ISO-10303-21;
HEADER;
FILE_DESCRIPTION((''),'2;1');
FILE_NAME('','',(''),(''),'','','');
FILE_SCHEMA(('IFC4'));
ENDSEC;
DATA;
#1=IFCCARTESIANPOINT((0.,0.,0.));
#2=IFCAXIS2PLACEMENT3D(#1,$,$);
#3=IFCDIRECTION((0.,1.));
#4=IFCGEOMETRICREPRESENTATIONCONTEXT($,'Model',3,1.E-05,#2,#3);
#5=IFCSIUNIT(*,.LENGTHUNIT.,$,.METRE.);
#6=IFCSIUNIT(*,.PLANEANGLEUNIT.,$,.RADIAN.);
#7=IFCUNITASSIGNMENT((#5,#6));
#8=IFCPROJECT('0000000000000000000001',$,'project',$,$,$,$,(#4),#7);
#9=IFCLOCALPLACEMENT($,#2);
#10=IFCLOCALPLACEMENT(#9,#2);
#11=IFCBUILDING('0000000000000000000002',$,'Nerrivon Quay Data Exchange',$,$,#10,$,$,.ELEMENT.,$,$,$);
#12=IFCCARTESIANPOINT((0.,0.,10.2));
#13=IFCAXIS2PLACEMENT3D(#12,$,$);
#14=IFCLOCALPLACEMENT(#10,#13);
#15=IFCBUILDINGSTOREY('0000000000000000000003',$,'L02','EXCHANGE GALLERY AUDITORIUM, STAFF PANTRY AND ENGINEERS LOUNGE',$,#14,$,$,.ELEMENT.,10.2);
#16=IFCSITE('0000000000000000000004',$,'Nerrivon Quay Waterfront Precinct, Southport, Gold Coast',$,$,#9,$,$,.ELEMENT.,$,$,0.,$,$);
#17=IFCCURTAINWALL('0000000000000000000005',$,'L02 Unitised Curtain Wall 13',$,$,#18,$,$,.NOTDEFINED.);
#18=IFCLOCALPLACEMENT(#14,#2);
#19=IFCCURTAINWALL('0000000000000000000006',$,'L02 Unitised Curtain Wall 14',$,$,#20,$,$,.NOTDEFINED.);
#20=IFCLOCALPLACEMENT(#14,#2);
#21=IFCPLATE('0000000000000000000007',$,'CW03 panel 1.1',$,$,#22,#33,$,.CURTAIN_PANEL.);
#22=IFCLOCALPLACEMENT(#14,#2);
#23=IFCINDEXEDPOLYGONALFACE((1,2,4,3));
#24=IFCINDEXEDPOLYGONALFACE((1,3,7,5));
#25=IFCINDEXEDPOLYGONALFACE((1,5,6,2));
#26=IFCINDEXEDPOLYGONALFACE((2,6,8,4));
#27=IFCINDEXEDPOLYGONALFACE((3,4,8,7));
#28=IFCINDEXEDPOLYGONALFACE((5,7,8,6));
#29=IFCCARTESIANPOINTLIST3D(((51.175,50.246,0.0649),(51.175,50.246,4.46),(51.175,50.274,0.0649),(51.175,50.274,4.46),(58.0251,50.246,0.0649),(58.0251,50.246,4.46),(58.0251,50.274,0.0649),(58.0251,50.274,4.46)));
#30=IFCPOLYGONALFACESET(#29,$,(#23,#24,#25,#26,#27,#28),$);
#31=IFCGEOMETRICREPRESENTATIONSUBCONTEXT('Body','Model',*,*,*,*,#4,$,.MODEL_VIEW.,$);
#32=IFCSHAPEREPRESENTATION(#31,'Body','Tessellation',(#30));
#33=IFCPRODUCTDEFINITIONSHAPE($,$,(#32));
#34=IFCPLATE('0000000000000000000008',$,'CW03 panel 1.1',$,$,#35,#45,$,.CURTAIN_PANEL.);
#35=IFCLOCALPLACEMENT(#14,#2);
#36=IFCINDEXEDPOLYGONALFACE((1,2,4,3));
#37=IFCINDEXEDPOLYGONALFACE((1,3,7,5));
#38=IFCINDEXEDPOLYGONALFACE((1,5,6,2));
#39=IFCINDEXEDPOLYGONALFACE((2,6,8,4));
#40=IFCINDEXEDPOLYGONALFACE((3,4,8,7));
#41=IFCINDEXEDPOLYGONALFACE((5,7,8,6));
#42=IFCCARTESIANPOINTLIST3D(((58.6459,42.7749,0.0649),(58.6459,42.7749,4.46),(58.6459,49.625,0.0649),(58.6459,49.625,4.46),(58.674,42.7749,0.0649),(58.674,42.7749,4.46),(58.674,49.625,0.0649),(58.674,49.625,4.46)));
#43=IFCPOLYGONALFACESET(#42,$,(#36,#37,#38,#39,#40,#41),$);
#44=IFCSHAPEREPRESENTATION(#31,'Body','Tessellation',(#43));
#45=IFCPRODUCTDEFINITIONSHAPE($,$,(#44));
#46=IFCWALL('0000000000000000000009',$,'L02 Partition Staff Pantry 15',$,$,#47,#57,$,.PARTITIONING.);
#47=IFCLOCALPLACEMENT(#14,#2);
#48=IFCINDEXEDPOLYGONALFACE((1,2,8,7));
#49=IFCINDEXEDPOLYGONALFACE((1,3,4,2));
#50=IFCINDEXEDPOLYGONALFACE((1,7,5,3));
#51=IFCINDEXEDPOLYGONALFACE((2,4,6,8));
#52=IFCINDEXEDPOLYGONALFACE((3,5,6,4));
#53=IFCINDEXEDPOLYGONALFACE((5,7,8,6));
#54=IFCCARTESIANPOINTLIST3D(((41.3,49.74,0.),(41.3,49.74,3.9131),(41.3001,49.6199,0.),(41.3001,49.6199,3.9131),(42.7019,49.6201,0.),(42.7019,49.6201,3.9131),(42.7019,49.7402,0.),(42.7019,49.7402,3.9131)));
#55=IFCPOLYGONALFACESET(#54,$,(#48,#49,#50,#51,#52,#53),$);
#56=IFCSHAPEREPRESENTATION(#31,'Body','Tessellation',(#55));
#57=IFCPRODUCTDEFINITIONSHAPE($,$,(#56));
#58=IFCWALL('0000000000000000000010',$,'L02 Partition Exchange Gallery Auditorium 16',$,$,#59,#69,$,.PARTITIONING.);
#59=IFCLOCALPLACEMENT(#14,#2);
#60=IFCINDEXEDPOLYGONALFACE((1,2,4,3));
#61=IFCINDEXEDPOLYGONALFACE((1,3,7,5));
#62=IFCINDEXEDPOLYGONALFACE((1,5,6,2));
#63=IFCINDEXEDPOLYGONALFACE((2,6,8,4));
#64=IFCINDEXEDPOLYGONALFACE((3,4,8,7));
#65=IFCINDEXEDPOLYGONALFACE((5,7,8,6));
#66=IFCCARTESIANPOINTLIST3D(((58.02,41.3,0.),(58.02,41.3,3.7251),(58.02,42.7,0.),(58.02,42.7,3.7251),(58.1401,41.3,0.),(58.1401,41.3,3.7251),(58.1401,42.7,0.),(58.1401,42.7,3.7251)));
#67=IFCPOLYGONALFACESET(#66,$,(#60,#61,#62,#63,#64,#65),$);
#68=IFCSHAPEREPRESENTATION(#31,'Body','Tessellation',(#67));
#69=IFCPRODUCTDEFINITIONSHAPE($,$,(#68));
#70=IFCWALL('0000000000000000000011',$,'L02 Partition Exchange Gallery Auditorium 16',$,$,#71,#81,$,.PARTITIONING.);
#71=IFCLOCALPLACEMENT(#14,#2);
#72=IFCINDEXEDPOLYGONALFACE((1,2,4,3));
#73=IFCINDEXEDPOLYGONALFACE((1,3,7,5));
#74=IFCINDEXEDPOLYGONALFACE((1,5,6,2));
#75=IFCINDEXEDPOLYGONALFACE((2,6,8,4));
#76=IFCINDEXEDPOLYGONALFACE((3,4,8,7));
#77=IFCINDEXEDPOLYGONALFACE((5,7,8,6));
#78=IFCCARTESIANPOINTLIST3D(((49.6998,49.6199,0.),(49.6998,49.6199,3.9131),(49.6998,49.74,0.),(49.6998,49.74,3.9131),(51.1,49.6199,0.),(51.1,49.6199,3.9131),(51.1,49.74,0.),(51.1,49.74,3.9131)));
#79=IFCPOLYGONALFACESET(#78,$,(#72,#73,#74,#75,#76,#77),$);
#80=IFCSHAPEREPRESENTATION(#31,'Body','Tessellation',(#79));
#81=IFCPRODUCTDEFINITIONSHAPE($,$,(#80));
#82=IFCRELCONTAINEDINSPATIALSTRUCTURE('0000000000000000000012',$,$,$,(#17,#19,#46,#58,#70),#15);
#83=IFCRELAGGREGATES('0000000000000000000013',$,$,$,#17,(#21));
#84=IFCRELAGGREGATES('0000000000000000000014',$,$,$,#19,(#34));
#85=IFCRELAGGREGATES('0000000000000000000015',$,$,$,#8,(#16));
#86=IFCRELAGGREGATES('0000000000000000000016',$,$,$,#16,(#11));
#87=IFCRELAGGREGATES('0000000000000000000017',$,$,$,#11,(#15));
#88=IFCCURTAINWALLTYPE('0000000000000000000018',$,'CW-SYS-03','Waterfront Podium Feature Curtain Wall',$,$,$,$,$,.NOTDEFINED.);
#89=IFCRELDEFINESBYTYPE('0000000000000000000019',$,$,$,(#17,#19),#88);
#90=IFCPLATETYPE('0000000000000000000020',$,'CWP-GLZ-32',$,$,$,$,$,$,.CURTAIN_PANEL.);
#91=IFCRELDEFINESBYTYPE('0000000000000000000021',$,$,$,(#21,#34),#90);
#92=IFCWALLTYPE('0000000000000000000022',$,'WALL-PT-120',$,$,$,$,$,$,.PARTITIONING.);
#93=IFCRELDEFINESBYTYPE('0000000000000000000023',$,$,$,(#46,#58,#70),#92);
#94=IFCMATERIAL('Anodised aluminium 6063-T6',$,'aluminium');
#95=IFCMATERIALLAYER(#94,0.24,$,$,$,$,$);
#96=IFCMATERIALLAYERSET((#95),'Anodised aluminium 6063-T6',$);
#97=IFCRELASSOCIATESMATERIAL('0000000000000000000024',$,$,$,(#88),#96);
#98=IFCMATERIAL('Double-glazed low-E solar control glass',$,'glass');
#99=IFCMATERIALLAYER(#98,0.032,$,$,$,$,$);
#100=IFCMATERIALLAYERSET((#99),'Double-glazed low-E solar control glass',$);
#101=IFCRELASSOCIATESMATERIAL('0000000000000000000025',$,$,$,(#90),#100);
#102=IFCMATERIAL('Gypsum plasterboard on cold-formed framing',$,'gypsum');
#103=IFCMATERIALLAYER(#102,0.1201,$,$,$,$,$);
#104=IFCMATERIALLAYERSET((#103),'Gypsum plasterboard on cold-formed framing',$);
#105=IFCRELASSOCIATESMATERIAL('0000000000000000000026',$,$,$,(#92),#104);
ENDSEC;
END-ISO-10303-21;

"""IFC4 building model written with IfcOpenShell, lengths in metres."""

from ifc_helpers import new_model, si_unit, direction, frame, frame_2d, origin, origin_2d, place, context, subcontext, project, spatial, rectangle, extrude, material, layer, layer_set, type_object, element, aggregate, save


model = new_model("IFC4")

# Units and contexts
model_context = context("Model", 3, precision=1e-05, world=origin(), true_north=direction((0.0, 1.0)))
body_context = subcontext(model_context, "Body", "Model", "MODEL_VIEW")
ifc_project = project(units=[si_unit("LENGTHUNIT", "METRE"), si_unit("PLANEANGLEUNIT", "RADIAN")], contexts=[model_context])

# Site, building, storey
site_placement = place(None, origin())
site = spatial("IfcSite", under=ifc_project, at=site_placement, Name="Nerrivon Quay Waterfront Precinct, Southport, Gold Coast", CompositionType="ELEMENT", RefElevation=0.0)
building_placement = place(site_placement, origin())
building = spatial("IfcBuilding", under=site, at=building_placement, Name="Nerrivon Quay Data Exchange", CompositionType="ELEMENT")
storey_placement = place(building_placement, frame((0.0, 0.0, 10.2)))
storey = spatial("IfcBuildingStorey", under=building, at=storey_placement, Name="L02", Description="EXCHANGE GALLERY AUDITORIUM, STAFF PANTRY AND ENGINEERS LOUNGE", CompositionType="ELEMENT", Elevation=10.2)

# Curtain walls
ifc_material_1 = material(Name="Anodised aluminium 6063-T6", Category="aluminium")
ifc_layer_1 = layer(ifc_material_1, 0.24)
ifc_layer_set_1 = layer_set([ifc_layer_1], Name="Anodised aluminium 6063-T6")
curtain_wall_type = type_object("IfcCurtainWallType", Name="CW-SYS-03", Description="Waterfront Podium Feature Curtain Wall", PredefinedType="NOTDEFINED", material=ifc_layer_set_1)
curtain_wall_1_placement = place(storey_placement, origin())
curtain_wall_1 = element("IfcCurtainWall", 1, at=curtain_wall_1_placement, inside=storey, type_object=curtain_wall_type, Name="L02 Unitised Curtain Wall 13", PredefinedType="NOTDEFINED")
curtain_wall_2_placement = place(storey_placement, origin())
curtain_wall_2 = element("IfcCurtainWall", 2, at=curtain_wall_2_placement, inside=storey, type_object=curtain_wall_type, Name="L02 Unitised Curtain Wall 14", PredefinedType="NOTDEFINED")

# Plates
ifc_material_2 = material(Name="Double-glazed low-E solar control glass", Category="glass")
ifc_layer_2 = layer(ifc_material_2, 0.032)
ifc_layer_set_2 = layer_set([ifc_layer_2], Name="Double-glazed low-E solar control glass")
plate_type = type_object("IfcPlateType", Name="CWP-GLZ-32", PredefinedType="CURTAIN_PANEL", material=ifc_layer_set_2)
plate_1_placement = place(storey_placement, frame((54.6001, 50.26, 0.0649), z_axis=(0.0, 0.0, 1.0), x_axis=(1.0, 0.0, 0.0)))
plate_1 = element("IfcPlate", 3, at=plate_1_placement, type_object=plate_type, Name="CW03 panel 1.1", PredefinedType="CURTAIN_PANEL", context=body_context, shape_type="SweptSolid", body=[
    extrude(rectangle(XDim=6.8501, YDim=0.0281, at=origin_2d()), origin(), (0.0, 0.0, 1.0), 4.395),
])
aggregate(curtain_wall_1, [plate_1])
plate_2_placement = place(storey_placement, frame((58.6599, 46.2, 0.0649), z_axis=(0.0, 0.0, 1.0), x_axis=(0.0, -1.0, 0.0)))
plate_2 = element("IfcPlate", 4, at=plate_2_placement, type_object=plate_type, Name="CW03 panel 1.1", PredefinedType="CURTAIN_PANEL", context=body_context, shape_type="SweptSolid", body=[
    extrude(rectangle(XDim=6.8501, YDim=0.0281, at=origin_2d()), origin(), (0.0, 0.0, 1.0), 4.395),
])
aggregate(curtain_wall_2, [plate_2])

# Walls
ifc_material_3 = material(Name="Gypsum plasterboard on cold-formed framing", Category="gypsum")
ifc_layer_3 = layer(ifc_material_3, 0.1201)
ifc_layer_set_3 = layer_set([ifc_layer_3], Name="Gypsum plasterboard on cold-formed framing")
wall_type = type_object("IfcWallType", Name="WALL-PT-120", PredefinedType="PARTITIONING", material=ifc_layer_set_3)
wall_1_placement = place(storey_placement, frame((42.7019, 49.6802, 0.0), z_axis=(0.0, 0.0, 1.0), x_axis=(-1.0, -0.000174, 0.0)))
element("IfcWall", 5, at=wall_1_placement, inside=storey, type_object=wall_type, Name="L02 Partition Staff Pantry 15", PredefinedType="PARTITIONING", context=body_context, shape_type="SweptSolid", body=[
    extrude(rectangle(XDim=1.4019, YDim=0.1201, at=frame_2d((0.7009, 0.0))), origin(), (0.0, 0.0, 1.0), 3.9131),
])
wall_2_placement = place(storey_placement, frame((58.0801, 41.3, 0.0), z_axis=(0.0, 0.0, 1.0), x_axis=(0.0, 1.0, 0.0)))
element("IfcWall", 6, at=wall_2_placement, inside=storey, type_object=wall_type, Name="L02 Partition Exchange Gallery Auditorium 16", PredefinedType="PARTITIONING", context=body_context, shape_type="SweptSolid", body=[
    extrude(rectangle(XDim=1.3999, YDim=0.1201, at=frame_2d((0.7, 0.0))), origin(), (0.0, 0.0, 1.0), 3.7251),
])
wall_3_placement = place(storey_placement, frame((51.1001, 49.6799, 0.0), z_axis=(0.0, 0.0, 1.0), x_axis=(-1.0, 0.0, 0.0)))
element("IfcWall", 7, at=wall_3_placement, inside=storey, type_object=wall_type, Name="L02 Partition Exchange Gallery Auditorium 16", PredefinedType="PARTITIONING", context=body_context, shape_type="SweptSolid", body=[
    extrude(rectangle(XDim=1.4001, YDim=0.1201, at=frame_2d((0.7002, 0.0))), origin(), (0.0, 0.0, 1.0), 3.9131),
])

save(model, "model.ifc")
